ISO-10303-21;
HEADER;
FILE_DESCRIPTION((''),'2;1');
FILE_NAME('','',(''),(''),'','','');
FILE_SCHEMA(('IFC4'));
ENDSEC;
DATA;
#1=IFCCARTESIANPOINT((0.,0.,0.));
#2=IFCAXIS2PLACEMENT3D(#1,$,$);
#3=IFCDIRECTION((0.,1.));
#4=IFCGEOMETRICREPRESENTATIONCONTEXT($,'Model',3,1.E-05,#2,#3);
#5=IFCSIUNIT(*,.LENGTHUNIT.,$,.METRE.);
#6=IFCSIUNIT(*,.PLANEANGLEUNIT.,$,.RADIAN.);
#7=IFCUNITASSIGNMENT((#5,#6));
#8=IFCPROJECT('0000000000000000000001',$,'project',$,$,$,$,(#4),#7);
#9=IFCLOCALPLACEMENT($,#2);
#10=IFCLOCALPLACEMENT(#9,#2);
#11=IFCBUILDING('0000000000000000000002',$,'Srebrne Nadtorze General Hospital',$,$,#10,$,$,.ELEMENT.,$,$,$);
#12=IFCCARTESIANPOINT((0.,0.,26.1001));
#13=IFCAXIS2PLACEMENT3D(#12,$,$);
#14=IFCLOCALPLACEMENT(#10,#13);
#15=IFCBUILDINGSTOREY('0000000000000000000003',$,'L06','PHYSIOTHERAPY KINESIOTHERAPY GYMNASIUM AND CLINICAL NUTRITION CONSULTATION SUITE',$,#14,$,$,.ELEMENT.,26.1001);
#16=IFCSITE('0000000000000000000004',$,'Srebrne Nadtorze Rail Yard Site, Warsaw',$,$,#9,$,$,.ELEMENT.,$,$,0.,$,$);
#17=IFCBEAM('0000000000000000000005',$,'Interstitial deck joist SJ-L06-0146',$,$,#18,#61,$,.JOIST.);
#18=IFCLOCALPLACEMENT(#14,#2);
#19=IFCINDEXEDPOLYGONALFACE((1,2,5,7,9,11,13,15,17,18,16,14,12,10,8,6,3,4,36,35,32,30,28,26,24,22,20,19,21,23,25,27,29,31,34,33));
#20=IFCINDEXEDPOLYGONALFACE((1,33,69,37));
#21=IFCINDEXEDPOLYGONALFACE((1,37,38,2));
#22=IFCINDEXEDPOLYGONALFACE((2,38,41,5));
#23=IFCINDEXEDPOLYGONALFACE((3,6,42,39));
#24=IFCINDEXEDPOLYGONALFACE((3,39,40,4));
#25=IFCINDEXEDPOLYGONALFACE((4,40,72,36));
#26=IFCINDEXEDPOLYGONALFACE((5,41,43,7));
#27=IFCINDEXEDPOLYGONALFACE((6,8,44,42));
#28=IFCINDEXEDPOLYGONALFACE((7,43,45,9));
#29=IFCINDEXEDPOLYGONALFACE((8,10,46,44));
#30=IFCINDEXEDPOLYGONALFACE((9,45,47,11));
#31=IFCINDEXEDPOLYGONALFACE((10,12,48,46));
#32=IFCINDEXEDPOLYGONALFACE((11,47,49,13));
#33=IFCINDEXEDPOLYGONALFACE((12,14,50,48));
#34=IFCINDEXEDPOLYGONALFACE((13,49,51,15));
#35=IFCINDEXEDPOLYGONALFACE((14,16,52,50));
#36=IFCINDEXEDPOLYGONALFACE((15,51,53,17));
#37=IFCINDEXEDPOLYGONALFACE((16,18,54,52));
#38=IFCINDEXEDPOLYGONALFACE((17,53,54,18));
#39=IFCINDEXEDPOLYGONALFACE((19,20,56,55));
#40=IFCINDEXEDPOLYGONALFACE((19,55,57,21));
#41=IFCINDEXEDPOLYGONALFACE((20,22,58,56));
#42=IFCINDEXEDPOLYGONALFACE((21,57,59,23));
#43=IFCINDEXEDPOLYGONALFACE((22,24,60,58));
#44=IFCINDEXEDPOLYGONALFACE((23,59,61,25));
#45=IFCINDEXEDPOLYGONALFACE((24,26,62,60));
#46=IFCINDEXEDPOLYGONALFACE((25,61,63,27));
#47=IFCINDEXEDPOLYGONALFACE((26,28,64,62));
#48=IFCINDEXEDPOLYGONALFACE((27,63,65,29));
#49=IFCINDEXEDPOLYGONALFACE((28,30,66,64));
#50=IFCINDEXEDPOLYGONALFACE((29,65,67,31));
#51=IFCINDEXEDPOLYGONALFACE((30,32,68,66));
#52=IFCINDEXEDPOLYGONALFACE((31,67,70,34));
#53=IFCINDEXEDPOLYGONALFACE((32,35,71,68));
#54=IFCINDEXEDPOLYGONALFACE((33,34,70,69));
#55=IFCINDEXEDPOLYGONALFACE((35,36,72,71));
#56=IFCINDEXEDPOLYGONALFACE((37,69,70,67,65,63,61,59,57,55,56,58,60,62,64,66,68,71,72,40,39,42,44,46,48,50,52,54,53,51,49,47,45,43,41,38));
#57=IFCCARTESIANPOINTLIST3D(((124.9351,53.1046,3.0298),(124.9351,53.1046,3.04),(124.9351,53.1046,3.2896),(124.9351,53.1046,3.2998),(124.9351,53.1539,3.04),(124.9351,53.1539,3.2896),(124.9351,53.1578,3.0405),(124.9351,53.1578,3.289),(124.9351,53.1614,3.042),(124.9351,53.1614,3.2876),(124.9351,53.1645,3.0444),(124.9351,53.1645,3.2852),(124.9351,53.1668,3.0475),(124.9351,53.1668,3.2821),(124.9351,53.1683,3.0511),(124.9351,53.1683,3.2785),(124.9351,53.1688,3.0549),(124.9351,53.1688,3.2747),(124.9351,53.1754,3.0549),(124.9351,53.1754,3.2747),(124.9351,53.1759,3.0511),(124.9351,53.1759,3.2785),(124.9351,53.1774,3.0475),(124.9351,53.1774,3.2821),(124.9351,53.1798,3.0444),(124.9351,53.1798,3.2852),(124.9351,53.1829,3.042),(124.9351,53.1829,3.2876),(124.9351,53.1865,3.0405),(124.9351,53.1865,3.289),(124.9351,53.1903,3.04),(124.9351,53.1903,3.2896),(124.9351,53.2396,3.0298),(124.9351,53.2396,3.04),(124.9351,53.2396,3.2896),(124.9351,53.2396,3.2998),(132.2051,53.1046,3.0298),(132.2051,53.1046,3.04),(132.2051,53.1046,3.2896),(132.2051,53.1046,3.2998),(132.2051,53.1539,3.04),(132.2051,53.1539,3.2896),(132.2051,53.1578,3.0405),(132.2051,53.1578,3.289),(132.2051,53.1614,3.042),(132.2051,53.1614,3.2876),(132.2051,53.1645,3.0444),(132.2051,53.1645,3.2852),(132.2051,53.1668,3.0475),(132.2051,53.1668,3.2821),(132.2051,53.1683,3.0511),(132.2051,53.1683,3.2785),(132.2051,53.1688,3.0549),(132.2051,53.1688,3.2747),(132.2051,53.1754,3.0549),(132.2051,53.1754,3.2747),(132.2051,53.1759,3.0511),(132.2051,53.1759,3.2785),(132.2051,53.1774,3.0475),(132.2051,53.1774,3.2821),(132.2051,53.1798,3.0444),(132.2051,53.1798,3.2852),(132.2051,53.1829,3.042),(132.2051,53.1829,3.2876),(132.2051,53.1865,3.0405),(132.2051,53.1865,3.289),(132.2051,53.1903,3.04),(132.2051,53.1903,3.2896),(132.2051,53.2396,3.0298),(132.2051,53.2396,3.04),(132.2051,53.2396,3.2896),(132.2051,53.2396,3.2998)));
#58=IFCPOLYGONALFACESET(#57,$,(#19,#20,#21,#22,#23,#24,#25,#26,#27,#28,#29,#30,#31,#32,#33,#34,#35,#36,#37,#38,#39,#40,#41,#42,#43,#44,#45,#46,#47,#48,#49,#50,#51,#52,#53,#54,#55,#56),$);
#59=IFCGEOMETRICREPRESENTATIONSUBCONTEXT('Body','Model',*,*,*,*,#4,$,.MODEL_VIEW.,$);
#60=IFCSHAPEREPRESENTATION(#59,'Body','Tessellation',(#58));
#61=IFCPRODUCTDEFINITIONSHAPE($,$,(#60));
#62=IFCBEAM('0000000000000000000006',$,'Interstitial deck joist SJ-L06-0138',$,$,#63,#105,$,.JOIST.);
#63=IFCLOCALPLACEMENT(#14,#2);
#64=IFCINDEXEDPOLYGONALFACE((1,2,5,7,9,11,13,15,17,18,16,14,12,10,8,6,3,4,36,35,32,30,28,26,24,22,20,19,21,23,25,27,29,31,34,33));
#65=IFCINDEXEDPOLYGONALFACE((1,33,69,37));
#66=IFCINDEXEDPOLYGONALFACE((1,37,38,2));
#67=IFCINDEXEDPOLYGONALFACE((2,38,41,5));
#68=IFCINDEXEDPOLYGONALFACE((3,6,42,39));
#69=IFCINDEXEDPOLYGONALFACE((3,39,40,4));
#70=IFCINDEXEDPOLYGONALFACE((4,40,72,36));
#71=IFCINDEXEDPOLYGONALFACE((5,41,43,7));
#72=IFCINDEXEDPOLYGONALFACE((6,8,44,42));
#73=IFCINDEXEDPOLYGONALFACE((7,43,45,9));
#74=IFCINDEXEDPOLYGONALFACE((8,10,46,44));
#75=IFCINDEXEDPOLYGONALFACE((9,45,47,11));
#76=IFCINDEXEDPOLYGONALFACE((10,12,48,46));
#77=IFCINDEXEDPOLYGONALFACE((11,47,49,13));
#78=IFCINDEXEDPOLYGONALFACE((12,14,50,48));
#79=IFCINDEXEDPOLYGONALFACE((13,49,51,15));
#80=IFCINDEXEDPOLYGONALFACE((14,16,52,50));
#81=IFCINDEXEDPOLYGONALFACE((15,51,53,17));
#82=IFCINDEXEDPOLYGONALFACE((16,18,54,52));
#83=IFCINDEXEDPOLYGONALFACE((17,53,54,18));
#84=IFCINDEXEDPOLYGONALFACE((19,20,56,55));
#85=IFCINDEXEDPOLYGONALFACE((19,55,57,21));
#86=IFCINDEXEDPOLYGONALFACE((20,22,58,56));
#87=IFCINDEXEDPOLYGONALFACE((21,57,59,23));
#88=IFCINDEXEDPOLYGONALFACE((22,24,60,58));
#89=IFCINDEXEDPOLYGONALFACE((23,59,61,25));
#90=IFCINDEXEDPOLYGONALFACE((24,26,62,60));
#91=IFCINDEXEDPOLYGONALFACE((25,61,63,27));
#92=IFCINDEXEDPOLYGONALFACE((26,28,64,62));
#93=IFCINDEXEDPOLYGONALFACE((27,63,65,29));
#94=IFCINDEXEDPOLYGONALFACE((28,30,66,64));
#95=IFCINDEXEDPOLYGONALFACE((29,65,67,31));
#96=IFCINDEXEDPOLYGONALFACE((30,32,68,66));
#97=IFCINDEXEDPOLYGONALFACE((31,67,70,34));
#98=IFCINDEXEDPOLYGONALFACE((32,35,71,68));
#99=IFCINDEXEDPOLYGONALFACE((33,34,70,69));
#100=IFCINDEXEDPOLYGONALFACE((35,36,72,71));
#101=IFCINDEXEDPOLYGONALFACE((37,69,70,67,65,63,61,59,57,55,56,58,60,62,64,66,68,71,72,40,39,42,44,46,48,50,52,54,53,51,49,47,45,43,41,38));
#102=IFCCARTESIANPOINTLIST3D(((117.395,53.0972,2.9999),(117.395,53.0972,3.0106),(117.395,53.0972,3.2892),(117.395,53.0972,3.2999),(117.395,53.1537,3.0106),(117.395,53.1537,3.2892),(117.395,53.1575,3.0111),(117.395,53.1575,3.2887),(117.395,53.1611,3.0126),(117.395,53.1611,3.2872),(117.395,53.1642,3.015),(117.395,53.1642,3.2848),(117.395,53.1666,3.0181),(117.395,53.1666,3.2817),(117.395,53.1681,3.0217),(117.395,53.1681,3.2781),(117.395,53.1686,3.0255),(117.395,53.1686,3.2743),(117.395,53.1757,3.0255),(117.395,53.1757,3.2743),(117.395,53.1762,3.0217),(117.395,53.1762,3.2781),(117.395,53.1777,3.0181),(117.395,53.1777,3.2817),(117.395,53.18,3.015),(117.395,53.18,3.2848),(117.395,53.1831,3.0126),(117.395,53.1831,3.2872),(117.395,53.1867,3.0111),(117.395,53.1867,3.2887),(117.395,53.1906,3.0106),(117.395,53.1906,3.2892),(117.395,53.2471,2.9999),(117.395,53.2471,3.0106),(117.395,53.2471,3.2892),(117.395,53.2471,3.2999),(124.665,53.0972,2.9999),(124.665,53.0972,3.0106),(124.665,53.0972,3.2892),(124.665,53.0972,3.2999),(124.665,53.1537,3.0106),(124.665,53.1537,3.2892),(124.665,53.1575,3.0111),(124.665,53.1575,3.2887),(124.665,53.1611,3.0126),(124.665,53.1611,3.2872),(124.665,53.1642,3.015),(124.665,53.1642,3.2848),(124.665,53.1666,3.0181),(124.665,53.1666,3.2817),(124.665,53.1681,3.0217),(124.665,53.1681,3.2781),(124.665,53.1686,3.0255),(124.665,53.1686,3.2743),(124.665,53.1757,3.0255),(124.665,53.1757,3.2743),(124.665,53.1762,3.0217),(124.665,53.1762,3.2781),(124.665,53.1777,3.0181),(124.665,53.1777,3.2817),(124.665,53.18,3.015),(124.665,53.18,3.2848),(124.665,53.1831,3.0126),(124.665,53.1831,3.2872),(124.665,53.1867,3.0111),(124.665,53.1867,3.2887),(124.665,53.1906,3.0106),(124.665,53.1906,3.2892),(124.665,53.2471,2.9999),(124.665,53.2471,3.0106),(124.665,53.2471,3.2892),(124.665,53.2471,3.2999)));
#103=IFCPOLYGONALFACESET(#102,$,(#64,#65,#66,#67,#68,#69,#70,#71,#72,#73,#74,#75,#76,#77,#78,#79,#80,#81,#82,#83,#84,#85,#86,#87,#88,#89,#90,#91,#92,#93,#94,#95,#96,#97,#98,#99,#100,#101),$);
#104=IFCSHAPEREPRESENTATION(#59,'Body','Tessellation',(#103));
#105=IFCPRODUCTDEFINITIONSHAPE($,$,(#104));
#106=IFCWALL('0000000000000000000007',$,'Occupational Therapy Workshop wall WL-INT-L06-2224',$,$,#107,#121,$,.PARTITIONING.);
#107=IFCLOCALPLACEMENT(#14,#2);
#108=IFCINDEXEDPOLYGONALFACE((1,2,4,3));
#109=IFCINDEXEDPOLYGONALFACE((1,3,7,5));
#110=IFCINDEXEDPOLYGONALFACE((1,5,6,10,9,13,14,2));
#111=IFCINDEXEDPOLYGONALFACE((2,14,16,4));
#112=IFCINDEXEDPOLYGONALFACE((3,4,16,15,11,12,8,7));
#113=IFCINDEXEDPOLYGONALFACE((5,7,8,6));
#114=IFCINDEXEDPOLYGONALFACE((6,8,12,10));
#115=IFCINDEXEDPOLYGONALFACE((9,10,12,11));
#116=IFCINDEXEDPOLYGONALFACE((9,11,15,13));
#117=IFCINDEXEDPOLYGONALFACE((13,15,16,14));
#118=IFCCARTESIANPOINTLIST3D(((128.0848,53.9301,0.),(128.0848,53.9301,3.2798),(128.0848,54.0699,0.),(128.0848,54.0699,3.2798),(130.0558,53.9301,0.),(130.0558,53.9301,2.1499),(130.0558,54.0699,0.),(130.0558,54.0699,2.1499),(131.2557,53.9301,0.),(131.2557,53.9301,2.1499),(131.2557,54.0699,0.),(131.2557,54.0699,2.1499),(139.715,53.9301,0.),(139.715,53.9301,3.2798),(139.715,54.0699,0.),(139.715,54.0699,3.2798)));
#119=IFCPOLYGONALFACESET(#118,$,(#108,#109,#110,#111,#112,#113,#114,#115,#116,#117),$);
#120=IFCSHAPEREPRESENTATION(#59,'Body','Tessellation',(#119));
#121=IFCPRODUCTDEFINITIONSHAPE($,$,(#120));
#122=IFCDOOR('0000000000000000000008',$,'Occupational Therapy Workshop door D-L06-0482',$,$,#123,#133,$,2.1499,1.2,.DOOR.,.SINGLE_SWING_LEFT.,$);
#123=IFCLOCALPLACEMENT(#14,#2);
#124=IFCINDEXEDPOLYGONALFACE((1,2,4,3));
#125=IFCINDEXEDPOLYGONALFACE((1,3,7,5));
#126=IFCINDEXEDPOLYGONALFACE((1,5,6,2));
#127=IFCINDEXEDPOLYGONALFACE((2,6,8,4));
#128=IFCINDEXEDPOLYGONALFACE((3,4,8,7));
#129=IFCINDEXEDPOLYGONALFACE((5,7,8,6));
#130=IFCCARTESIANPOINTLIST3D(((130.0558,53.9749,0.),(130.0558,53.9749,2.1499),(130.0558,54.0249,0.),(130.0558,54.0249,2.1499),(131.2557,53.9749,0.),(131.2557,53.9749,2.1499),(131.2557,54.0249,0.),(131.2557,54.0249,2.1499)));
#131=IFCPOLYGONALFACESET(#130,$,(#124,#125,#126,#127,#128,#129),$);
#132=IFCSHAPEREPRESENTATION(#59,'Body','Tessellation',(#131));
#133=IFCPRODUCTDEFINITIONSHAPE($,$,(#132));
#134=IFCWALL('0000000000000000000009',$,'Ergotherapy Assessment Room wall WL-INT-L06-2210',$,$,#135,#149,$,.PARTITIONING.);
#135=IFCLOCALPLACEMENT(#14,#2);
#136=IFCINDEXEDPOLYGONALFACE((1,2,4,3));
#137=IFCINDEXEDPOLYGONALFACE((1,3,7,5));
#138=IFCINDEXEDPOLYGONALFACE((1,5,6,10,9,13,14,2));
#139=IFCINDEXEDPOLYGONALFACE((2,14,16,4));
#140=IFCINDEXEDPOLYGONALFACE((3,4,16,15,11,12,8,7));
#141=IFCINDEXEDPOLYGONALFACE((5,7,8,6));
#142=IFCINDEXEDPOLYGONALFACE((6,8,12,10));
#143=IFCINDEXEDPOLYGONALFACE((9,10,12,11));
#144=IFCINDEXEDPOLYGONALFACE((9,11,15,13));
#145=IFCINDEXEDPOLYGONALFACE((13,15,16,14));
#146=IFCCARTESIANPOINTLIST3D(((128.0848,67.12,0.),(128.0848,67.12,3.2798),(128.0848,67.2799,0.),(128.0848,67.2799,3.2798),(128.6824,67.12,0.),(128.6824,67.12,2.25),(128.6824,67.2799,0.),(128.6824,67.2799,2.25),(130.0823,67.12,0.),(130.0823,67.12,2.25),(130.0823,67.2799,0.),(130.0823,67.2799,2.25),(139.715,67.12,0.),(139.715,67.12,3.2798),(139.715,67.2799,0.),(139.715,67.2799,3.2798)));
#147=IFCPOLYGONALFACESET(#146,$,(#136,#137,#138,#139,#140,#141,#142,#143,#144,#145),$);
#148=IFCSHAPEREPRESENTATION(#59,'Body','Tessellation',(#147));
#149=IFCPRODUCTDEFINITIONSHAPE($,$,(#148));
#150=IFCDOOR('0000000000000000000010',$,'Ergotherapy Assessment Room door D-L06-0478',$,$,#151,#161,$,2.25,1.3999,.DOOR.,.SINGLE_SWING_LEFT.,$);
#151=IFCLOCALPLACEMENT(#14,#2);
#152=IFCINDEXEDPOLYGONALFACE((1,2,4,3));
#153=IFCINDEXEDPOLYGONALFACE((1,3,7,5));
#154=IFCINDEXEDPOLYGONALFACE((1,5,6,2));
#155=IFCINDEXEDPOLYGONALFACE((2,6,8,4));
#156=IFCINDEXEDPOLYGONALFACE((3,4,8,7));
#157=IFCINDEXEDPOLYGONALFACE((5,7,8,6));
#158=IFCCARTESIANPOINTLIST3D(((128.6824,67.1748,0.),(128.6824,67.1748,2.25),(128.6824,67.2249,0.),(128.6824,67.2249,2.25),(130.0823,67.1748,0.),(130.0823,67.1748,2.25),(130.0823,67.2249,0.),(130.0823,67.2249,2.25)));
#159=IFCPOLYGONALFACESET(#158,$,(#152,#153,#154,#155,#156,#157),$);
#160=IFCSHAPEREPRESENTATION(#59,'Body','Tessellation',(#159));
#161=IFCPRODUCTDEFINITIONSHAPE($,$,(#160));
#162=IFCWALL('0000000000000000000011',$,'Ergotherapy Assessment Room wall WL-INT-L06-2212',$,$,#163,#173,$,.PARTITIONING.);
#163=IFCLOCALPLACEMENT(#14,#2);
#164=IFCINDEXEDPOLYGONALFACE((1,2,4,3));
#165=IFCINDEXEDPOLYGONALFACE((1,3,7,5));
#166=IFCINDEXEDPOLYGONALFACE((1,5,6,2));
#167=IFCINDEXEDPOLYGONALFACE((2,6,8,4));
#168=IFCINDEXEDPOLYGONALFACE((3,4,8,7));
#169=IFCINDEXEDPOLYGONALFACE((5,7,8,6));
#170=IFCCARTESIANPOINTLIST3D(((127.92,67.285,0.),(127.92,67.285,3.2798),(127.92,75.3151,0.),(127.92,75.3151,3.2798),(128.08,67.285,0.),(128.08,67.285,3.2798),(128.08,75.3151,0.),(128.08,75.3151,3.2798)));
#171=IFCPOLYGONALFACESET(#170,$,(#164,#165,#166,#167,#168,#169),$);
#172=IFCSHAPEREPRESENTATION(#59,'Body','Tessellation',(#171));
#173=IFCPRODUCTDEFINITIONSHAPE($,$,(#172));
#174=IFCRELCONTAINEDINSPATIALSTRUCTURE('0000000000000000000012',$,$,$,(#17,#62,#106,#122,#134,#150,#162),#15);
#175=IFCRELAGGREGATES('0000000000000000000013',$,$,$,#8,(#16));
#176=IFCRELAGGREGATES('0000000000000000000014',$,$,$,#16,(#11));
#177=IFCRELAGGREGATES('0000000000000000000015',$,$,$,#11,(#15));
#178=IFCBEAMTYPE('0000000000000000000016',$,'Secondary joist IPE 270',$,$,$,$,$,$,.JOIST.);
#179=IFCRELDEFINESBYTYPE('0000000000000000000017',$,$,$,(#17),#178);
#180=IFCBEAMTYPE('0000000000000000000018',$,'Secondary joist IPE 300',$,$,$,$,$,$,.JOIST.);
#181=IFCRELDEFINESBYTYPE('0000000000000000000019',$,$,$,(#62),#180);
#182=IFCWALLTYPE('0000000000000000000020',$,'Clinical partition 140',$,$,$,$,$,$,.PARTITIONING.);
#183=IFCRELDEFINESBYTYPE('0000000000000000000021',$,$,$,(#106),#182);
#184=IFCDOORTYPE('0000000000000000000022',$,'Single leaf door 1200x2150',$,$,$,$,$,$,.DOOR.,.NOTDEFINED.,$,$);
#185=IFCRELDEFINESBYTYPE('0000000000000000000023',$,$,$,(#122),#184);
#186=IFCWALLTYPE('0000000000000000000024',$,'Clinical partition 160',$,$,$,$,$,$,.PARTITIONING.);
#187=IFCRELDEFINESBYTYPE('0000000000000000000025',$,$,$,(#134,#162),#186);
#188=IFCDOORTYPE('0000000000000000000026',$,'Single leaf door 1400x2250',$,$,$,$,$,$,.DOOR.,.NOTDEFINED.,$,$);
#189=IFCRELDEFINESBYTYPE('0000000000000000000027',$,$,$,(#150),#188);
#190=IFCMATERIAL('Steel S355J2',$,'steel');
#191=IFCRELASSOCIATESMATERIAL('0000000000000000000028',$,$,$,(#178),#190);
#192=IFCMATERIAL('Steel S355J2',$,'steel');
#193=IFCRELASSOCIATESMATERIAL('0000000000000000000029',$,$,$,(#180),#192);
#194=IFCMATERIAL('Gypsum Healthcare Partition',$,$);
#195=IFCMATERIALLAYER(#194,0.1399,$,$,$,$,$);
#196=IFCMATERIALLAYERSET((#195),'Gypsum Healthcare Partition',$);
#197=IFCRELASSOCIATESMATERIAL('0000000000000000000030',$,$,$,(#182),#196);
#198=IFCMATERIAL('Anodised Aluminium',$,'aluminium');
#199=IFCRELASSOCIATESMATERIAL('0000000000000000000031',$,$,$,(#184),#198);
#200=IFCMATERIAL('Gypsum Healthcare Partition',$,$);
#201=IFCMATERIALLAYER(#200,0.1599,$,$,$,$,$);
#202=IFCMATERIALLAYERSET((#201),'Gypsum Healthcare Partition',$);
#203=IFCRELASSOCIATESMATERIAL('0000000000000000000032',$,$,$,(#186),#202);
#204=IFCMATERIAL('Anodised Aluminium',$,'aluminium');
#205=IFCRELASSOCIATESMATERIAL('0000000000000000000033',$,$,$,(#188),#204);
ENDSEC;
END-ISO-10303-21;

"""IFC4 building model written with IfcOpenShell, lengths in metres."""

from ifc_helpers import new_model, si_unit, direction, frame, frame_2d, origin, origin_2d, place, context, subcontext, project, spatial, rectangle, i_section, extrude, material, layer, layer_set, material_profile, profile_set, type_object, element, fill, save


model = new_model("IFC4")

# Units and contexts
model_context = context("Model", 3, precision=1e-05, world=origin(), true_north=direction((0.0, 1.0)))
body_context = subcontext(model_context, "Body", "Model", "MODEL_VIEW")
ifc_project = project(units=[si_unit("LENGTHUNIT", "METRE"), si_unit("PLANEANGLEUNIT", "RADIAN")], contexts=[model_context])

# Site, building, storey
site_placement = place(None, origin())
site = spatial("IfcSite", under=ifc_project, at=site_placement, Name="Srebrne Nadtorze Rail Yard Site, Warsaw", CompositionType="ELEMENT", RefElevation=0.0)
building_placement = place(site_placement, origin())
building = spatial("IfcBuilding", under=site, at=building_placement, Name="Srebrne Nadtorze General Hospital", CompositionType="ELEMENT")
storey_placement = place(building_placement, frame((0.0, 0.0, 26.1001)))
storey = spatial("IfcBuildingStorey", under=building, at=storey_placement, Name="L06", Description="PHYSIOTHERAPY KINESIOTHERAPY GYMNASIUM AND CLINICAL NUTRITION CONSULTATION SUITE", CompositionType="ELEMENT", Elevation=26.1001)

# Beams
ifc_material_1 = material(Name="Steel S355J2", Category="steel")
ifc_material_profile_1 = material_profile(ifc_material_1, i_section(OverallWidth=0.135, OverallDepth=0.27, WebThickness=0.0066, FlangeThickness=0.0103, FilletRadius=0.0149, at=origin_2d()), Name="IPE-270")
ifc_profile_set_1 = profile_set([ifc_material_profile_1], Name="Steel S355J2")
beam_type_1 = type_object("IfcBeamType", Name="Secondary joist IPE 270", PredefinedType="JOIST", material=ifc_profile_set_1)
beam_1_placement = place(storey_placement, frame((124.9351, 53.1721, 3.1648), z_axis=(1.0, 0.0, 0.0), x_axis=(0.0, 1.0, 0.0)))
element("IfcBeam", 1, at=beam_1_placement, inside=storey, type_object=beam_type_1, Name="Interstitial deck joist SJ-L06-0146", PredefinedType="JOIST", context=body_context, shape_type="SweptSolid", body=[
    extrude(i_section(OverallWidth=0.135, OverallDepth=0.27, WebThickness=0.0066, FlangeThickness=0.0103, FilletRadius=0.0149, at=origin_2d()), origin(), (0.0, 0.0, 1.0), 7.27),
])
ifc_material_2 = material(Name="Steel S355J2", Category="steel")
ifc_material_profile_2 = material_profile(ifc_material_2, i_section(OverallWidth=0.1499, OverallDepth=0.3, WebThickness=0.0071, FlangeThickness=0.0107, FilletRadius=0.0149, at=origin_2d()), Name="IPE-300")
ifc_profile_set_2 = profile_set([ifc_material_profile_2], Name="Steel S355J2")
beam_type_2 = type_object("IfcBeamType", Name="Secondary joist IPE 300", PredefinedType="JOIST", material=ifc_profile_set_2)
beam_2_placement = place(storey_placement, frame((117.395, 53.1721, 3.1499), z_axis=(1.0, 0.0, 0.0), x_axis=(0.0, 1.0, 0.0)))
element("IfcBeam", 2, at=beam_2_placement, inside=storey, type_object=beam_type_2, Name="Interstitial deck joist SJ-L06-0138", PredefinedType="JOIST", context=body_context, shape_type="SweptSolid", body=[
    extrude(i_section(OverallWidth=0.1499, OverallDepth=0.3, WebThickness=0.0071, FlangeThickness=0.0107, FilletRadius=0.0149, at=origin_2d()), origin(), (0.0, 0.0, 1.0), 7.27),
])

# Walls, openings, doors
ifc_material_3 = material(Name="Gypsum Healthcare Partition")
ifc_layer_1 = layer(ifc_material_3, 0.1399)
ifc_layer_set_1 = layer_set([ifc_layer_1], Name="Gypsum Healthcare Partition")
wall_type_1 = type_object("IfcWallType", Name="Clinical partition 140", PredefinedType="PARTITIONING", material=ifc_layer_set_1)
wall_1_placement = place(storey_placement, frame((128.085, 54.0, 0.0), z_axis=(0.0, 0.0, 1.0), x_axis=(1.0, 0.0, 0.0)))
wall_1 = element("IfcWall", 3, at=wall_1_placement, inside=storey, type_object=wall_type_1, Name="Occupational Therapy Workshop wall WL-INT-L06-2224", PredefinedType="PARTITIONING", context=body_context, shape_type="SweptSolid", body=[
    extrude(rectangle(XDim=11.6301, YDim=0.1399, at=frame_2d((5.8149, 0.0))), origin(), (0.0, 0.0, 1.0), 3.2798),
])
opening_1_placement = place(wall_1_placement, frame((1.9707, 0.0, 0.0)))
opening_1 = element("IfcOpeningElement", 4, at=opening_1_placement, cuts=wall_1, PredefinedType="OPENING", context=body_context, shape_type="SweptSolid", body=[
    extrude(rectangle(XDim=1.2, YDim=2.1499, at=frame_2d((0.6001, 1.075))), frame((0.0, 0.082, 0.0), z_axis=(0.0, -1.0, 0.0), x_axis=(1.0, 0.0, 0.0)), (0.0, 0.0, 1.0), 0.1638),
])
ifc_material_4 = material(Name="Anodised Aluminium", Category="aluminium")
door_type_1 = type_object("IfcDoorType", Name="Single leaf door 1200x2150", OperationType="NOTDEFINED", PredefinedType="DOOR", material=ifc_material_4)
door_1_placement = place(opening_1_placement, origin())
door_1 = element("IfcDoor", 5, at=door_1_placement, inside=storey, type_object=door_type_1, Name="Occupational Therapy Workshop door D-L06-0482", OperationType="SINGLE_SWING_LEFT", OverallHeight=2.1499, OverallWidth=1.2, PredefinedType="DOOR", context=body_context, shape_type="SweptSolid", body=[
    extrude(rectangle(XDim=1.2, YDim=2.1499, at=frame_2d((0.6001, 1.075))), frame((0.0, 0.0249, 0.0), z_axis=(0.0, -1.0, 0.0), x_axis=(1.0, 0.0, 0.0)), (0.0, 0.0, 1.0), 0.05),
])
fill(opening_1, door_1)
ifc_material_5 = material(Name="Gypsum Healthcare Partition")
ifc_layer_2 = layer(ifc_material_5, 0.1599)
ifc_layer_set_2 = layer_set([ifc_layer_2], Name="Gypsum Healthcare Partition")
wall_type_2 = type_object("IfcWallType", Name="Clinical partition 160", PredefinedType="PARTITIONING", material=ifc_layer_set_2)
wall_2_placement = place(storey_placement, frame((128.085, 67.2, 0.0), z_axis=(0.0, 0.0, 1.0), x_axis=(1.0, 0.0, 0.0)))
wall_2 = element("IfcWall", 6, at=wall_2_placement, inside=storey, type_object=wall_type_2, Name="Ergotherapy Assessment Room wall WL-INT-L06-2210", PredefinedType="PARTITIONING", context=body_context, shape_type="SweptSolid", body=[
    extrude(rectangle(XDim=11.6301, YDim=0.1599, at=frame_2d((5.8149, 0.0))), origin(), (0.0, 0.0, 1.0), 3.2798),
])
opening_2_placement = place(wall_2_placement, frame((0.5974, 0.0, 0.0)))
opening_2 = element("IfcOpeningElement", 7, at=opening_2_placement, cuts=wall_2, PredefinedType="OPENING", context=body_context, shape_type="SweptSolid", body=[
    extrude(rectangle(XDim=1.3999, YDim=2.25, at=frame_2d((0.7, 1.125))), frame((0.0, 0.0918, 0.0), z_axis=(0.0, -1.0, 0.0), x_axis=(1.0, 0.0, 0.0)), (0.0, 0.0, 1.0), 0.1838),
])
ifc_material_6 = material(Name="Anodised Aluminium", Category="aluminium")
door_type_2 = type_object("IfcDoorType", Name="Single leaf door 1400x2250", OperationType="NOTDEFINED", PredefinedType="DOOR", material=ifc_material_6)
door_2_placement = place(opening_2_placement, origin())
door_2 = element("IfcDoor", 8, at=door_2_placement, inside=storey, type_object=door_type_2, Name="Ergotherapy Assessment Room door D-L06-0478", OperationType="SINGLE_SWING_LEFT", OverallHeight=2.25, OverallWidth=1.3999, PredefinedType="DOOR", context=body_context, shape_type="SweptSolid", body=[
    extrude(rectangle(XDim=1.3999, YDim=2.25, at=frame_2d((0.7, 1.125))), frame((0.0, 0.0249, 0.0), z_axis=(0.0, -1.0, 0.0), x_axis=(1.0, 0.0, 0.0)), (0.0, 0.0, 1.0), 0.05),
])
fill(opening_2, door_2)

# Wall
wall_3_placement = place(storey_placement, frame((128.0, 67.2849, 0.0), z_axis=(0.0, 0.0, 1.0), x_axis=(0.0, 1.0, 0.0)))
element("IfcWall", 9, at=wall_3_placement, inside=storey, type_object=wall_type_2, Name="Ergotherapy Assessment Room wall WL-INT-L06-2212", PredefinedType="PARTITIONING", context=body_context, shape_type="SweptSolid", body=[
    extrude(rectangle(XDim=8.03, YDim=0.1599, at=frame_2d((4.0151, 0.0))), origin(), (0.0, 0.0, 1.0), 3.2798),
])

save(model, "model.ifc")
